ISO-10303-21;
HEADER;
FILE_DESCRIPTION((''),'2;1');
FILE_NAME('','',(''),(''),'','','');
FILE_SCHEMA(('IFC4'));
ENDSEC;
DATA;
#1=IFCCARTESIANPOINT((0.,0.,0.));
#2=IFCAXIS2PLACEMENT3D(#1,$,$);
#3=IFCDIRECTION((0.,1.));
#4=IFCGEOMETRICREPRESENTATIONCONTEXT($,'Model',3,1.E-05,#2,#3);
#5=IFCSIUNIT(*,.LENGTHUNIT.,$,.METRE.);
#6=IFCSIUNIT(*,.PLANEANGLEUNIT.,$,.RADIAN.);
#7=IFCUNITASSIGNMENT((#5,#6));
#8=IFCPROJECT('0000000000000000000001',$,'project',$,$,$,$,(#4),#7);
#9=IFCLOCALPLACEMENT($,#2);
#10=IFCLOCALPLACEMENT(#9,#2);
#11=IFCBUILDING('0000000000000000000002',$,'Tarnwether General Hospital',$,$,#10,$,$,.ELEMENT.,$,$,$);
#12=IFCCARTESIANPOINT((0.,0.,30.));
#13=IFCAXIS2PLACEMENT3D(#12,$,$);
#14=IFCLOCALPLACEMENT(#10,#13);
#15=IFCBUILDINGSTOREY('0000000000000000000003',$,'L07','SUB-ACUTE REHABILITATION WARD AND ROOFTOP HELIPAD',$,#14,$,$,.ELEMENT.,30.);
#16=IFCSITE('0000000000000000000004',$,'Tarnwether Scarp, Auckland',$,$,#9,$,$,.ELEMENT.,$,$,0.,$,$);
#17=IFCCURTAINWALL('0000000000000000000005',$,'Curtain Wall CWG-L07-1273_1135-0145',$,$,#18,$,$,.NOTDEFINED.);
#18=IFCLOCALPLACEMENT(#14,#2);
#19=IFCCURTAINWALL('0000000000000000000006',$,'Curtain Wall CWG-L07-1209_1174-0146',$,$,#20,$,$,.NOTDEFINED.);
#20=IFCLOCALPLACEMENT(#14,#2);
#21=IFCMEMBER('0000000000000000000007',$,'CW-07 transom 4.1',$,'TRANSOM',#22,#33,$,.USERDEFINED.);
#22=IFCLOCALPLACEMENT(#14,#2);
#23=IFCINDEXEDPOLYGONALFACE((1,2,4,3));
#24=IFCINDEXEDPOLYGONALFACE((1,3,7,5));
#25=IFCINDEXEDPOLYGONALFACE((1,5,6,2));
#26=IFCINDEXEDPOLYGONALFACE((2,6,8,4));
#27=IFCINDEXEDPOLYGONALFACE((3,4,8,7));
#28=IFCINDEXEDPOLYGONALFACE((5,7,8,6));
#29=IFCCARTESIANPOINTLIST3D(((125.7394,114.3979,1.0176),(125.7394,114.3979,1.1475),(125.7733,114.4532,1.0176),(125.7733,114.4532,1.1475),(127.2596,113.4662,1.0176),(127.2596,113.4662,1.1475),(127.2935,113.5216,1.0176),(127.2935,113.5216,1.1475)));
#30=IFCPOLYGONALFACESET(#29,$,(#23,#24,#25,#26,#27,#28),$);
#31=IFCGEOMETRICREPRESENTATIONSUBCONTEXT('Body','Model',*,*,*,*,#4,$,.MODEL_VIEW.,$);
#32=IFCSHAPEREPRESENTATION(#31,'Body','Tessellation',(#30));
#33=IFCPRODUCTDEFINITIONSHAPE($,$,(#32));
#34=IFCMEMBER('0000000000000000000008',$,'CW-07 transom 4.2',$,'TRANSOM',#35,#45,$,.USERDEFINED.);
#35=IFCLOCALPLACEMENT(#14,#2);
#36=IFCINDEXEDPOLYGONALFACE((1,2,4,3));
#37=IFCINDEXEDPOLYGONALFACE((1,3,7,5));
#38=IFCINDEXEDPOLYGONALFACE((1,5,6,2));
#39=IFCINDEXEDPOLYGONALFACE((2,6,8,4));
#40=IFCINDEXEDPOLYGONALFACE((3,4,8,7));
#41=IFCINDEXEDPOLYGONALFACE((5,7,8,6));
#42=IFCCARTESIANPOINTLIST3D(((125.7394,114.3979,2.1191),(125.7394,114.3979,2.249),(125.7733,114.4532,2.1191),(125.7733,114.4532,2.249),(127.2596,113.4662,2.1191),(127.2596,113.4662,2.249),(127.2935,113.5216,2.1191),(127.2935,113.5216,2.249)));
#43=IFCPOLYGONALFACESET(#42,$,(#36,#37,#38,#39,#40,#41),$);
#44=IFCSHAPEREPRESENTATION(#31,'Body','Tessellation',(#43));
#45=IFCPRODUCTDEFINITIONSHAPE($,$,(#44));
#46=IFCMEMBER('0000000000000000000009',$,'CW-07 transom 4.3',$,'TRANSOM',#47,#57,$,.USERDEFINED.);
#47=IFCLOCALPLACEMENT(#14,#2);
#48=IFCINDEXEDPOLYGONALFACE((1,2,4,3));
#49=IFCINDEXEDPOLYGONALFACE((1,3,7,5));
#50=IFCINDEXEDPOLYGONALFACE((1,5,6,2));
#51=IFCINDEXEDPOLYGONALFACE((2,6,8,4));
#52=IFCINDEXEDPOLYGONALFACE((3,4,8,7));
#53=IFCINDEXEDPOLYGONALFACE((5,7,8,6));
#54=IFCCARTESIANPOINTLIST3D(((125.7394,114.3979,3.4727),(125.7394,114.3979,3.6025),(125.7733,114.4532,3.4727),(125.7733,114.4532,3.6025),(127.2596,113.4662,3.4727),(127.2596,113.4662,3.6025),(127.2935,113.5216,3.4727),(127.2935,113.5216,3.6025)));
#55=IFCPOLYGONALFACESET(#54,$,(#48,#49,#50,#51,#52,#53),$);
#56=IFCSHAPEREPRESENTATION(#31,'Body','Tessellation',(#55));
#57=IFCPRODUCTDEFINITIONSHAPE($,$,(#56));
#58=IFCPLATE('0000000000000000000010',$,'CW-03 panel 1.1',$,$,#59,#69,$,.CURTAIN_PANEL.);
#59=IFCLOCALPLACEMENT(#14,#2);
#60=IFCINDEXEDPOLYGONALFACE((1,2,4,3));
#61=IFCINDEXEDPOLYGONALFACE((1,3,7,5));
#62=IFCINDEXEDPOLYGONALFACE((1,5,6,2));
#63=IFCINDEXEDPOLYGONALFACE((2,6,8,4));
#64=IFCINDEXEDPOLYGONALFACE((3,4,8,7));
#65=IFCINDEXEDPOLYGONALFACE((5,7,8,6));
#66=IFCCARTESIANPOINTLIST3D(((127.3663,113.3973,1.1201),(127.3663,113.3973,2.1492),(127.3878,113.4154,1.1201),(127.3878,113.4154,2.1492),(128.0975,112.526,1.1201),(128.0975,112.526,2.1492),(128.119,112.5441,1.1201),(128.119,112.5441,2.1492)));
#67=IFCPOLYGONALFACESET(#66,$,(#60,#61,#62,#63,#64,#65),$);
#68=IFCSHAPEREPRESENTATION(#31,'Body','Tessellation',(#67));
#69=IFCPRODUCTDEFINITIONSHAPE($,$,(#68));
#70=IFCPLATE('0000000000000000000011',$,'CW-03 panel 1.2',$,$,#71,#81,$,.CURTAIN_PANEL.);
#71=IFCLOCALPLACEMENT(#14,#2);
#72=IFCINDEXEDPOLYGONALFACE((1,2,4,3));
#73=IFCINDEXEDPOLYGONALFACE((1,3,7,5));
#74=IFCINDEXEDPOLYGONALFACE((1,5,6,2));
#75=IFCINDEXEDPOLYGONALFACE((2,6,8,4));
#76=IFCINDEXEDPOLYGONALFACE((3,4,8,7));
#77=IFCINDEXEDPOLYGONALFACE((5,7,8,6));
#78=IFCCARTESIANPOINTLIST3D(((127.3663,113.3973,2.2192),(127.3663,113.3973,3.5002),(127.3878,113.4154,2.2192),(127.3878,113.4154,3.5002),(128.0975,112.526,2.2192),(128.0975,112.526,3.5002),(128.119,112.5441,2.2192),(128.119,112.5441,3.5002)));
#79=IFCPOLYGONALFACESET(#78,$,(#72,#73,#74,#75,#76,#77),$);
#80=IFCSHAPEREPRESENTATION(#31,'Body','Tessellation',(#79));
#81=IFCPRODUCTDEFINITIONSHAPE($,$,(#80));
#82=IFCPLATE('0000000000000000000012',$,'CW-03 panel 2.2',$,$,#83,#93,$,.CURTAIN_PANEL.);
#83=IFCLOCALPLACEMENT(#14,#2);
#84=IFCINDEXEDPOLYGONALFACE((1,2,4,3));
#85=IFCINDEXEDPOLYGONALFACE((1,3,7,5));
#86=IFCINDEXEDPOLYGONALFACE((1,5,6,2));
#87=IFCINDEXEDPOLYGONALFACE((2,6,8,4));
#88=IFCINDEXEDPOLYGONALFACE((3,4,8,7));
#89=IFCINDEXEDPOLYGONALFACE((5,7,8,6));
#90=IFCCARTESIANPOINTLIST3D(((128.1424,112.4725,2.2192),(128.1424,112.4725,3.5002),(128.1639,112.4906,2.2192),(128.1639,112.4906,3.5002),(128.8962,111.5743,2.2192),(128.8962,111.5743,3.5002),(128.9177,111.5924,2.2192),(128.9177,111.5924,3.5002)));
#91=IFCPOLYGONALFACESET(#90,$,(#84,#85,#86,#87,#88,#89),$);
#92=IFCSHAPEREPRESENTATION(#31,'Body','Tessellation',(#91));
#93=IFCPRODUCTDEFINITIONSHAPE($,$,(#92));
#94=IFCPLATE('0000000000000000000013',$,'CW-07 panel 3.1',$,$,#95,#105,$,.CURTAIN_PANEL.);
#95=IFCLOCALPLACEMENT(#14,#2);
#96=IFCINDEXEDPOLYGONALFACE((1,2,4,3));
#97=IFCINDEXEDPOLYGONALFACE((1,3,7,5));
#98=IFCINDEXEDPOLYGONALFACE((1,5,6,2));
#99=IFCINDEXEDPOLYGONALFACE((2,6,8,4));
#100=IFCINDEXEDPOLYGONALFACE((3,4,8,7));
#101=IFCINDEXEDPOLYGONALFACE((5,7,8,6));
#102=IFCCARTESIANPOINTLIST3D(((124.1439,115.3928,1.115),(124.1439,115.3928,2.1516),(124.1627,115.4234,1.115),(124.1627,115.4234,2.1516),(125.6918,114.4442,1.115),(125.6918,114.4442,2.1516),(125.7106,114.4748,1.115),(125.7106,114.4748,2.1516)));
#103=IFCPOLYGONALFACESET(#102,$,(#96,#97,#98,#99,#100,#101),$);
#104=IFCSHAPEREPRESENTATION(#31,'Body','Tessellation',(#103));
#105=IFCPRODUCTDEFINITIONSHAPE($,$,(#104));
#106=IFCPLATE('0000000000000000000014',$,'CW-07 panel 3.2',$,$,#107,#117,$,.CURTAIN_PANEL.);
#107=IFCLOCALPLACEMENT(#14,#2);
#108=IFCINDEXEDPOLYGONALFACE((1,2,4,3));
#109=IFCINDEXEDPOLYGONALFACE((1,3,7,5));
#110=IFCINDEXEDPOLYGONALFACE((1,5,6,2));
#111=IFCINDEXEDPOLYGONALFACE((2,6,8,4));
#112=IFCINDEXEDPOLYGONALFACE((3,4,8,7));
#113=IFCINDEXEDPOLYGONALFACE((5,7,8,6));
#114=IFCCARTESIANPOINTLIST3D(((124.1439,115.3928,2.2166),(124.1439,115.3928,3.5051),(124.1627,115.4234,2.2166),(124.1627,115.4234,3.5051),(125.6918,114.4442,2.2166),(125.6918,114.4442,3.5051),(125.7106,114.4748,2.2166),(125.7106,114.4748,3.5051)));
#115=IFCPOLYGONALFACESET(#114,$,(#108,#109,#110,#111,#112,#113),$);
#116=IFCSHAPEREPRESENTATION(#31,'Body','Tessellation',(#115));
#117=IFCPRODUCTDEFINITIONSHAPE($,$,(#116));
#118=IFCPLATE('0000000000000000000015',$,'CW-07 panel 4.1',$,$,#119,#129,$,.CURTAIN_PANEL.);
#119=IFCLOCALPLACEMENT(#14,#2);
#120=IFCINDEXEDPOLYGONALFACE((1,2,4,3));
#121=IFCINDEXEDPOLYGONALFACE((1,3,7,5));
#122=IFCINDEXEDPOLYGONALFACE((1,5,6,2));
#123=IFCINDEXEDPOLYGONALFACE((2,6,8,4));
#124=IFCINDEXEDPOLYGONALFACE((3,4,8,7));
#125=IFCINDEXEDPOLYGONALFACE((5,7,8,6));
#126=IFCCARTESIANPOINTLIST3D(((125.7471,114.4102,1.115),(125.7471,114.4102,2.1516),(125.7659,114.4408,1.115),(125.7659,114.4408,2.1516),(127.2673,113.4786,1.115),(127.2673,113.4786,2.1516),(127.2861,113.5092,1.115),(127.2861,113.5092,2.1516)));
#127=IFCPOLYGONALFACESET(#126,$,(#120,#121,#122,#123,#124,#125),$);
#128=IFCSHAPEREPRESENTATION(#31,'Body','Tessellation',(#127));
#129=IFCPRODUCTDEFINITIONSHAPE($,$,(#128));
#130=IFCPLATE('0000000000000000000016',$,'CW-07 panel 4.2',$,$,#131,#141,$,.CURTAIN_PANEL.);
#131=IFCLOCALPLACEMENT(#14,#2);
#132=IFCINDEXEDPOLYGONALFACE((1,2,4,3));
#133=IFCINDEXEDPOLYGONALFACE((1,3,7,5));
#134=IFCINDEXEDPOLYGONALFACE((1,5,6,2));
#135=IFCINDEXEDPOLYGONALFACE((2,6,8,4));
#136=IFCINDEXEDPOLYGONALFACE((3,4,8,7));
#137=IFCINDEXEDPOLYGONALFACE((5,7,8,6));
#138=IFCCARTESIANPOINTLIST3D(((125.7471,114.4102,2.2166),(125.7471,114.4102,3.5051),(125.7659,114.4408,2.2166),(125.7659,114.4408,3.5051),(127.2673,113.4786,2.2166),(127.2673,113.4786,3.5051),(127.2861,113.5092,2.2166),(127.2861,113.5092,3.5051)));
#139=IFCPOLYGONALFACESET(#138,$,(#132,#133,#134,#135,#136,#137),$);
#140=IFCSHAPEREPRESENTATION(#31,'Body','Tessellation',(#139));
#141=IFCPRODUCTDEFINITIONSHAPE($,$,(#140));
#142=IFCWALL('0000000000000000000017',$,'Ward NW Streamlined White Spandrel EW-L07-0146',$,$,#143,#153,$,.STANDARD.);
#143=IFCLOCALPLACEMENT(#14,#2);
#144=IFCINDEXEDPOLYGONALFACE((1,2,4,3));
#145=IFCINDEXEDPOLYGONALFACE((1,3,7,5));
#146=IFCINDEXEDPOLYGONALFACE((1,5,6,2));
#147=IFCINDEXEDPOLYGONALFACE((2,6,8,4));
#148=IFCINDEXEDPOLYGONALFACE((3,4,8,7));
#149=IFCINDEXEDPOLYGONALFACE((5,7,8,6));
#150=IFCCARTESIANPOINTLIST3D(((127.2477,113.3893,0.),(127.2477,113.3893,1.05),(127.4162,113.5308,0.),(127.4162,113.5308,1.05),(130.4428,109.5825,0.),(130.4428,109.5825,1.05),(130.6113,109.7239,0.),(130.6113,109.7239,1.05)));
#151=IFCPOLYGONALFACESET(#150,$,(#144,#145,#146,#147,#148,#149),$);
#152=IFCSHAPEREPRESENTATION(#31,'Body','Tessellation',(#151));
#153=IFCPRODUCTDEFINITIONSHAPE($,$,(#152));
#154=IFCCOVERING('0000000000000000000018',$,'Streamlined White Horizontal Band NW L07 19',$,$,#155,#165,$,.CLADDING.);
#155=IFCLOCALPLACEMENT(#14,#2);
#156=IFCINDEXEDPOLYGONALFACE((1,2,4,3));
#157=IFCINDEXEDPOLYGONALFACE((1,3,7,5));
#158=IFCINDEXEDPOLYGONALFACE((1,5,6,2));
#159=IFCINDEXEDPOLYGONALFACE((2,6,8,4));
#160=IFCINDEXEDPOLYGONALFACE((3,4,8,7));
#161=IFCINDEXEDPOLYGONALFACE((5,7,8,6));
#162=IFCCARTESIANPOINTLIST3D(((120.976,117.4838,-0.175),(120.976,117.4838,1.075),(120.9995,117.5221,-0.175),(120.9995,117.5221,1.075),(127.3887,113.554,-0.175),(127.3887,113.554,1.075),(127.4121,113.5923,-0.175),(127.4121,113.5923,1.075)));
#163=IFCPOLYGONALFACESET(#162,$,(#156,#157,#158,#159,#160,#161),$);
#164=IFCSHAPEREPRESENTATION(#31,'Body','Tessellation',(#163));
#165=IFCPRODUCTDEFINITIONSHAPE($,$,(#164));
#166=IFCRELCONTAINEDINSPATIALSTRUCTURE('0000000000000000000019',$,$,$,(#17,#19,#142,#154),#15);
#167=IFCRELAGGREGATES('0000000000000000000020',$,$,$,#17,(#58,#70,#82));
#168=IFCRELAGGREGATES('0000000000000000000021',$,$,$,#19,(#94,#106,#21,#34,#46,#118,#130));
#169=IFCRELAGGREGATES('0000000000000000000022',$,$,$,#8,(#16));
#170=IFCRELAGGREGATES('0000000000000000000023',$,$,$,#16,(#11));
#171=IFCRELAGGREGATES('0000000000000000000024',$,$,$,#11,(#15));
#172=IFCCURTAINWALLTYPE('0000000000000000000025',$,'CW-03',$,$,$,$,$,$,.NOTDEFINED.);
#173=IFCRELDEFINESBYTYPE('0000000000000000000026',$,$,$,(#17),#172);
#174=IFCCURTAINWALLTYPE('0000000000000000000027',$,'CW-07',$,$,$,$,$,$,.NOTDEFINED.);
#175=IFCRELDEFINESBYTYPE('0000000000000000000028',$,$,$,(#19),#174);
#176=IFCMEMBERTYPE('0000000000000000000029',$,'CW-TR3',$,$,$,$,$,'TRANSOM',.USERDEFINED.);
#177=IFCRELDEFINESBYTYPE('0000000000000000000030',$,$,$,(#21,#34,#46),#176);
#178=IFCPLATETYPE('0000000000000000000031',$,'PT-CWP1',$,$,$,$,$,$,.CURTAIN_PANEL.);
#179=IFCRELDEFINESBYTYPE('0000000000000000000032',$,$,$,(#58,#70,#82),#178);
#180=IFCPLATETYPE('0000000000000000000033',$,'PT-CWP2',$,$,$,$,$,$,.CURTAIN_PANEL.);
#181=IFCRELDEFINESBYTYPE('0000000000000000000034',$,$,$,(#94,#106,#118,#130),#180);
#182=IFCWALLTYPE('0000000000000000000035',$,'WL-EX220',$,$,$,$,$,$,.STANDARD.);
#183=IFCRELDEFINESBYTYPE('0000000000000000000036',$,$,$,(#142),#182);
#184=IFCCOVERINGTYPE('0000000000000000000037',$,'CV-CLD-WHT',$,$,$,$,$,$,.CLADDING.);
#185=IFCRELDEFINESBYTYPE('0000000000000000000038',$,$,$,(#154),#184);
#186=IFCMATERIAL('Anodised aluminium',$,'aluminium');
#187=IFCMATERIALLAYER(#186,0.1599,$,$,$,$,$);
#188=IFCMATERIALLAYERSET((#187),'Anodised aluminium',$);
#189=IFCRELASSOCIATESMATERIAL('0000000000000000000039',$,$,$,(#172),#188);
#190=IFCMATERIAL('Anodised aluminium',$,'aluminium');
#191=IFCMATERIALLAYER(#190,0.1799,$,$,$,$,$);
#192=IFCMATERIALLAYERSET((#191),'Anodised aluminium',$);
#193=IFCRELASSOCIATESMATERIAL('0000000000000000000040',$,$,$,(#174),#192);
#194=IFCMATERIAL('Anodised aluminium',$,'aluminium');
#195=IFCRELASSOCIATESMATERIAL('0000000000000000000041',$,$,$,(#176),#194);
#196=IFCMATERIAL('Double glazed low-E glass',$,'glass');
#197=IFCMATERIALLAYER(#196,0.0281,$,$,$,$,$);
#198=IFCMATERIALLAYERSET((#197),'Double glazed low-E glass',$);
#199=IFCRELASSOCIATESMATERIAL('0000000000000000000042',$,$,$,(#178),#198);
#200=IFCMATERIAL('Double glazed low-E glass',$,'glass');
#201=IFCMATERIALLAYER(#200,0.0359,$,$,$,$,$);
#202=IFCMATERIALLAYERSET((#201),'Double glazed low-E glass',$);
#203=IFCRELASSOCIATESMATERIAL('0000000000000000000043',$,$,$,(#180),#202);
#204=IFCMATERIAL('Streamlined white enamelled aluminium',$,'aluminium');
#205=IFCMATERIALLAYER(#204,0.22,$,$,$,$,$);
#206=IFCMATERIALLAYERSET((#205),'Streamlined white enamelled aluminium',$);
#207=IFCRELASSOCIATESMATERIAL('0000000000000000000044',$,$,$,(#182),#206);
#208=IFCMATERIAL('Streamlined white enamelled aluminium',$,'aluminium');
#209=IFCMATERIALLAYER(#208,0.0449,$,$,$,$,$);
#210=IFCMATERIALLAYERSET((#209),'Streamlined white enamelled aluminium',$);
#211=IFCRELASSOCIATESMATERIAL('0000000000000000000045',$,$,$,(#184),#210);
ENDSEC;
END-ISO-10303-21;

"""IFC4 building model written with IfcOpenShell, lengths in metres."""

from ifc_helpers import new_model, si_unit, direction, frame, frame_2d, origin, origin_2d, place, context, subcontext, project, spatial, rectangle, extrude, material, layer, layer_set, material_profile, profile_set, type_object, element, aggregate, save


model = new_model("IFC4")

# Units and contexts
model_context = context("Model", 3, precision=1e-05, world=origin(), true_north=direction((0.0, 1.0)))
body_context = subcontext(model_context, "Body", "Model", "MODEL_VIEW")
ifc_project = project(units=[si_unit("LENGTHUNIT", "METRE"), si_unit("PLANEANGLEUNIT", "RADIAN")], contexts=[model_context])

# Site, building, storey
site_placement = place(None, origin())
site = spatial("IfcSite", under=ifc_project, at=site_placement, Name="Tarnwether Scarp, Auckland", CompositionType="ELEMENT", RefElevation=0.0)
building_placement = place(site_placement, origin())
building = spatial("IfcBuilding", under=site, at=building_placement, Name="Tarnwether General Hospital", CompositionType="ELEMENT")
storey_placement = place(building_placement, frame((0.0, 0.0, 30.0)))
storey = spatial("IfcBuildingStorey", under=building, at=storey_placement, Name="L07", Description="SUB-ACUTE REHABILITATION WARD AND ROOFTOP HELIPAD", CompositionType="ELEMENT", Elevation=30.0)

# Curtain walls
ifc_material_1 = material(Name="Anodised aluminium", Category="aluminium")
ifc_layer_1 = layer(ifc_material_1, 0.1599)
ifc_layer_set_1 = layer_set([ifc_layer_1], Name="Anodised aluminium")
curtain_wall_type_1 = type_object("IfcCurtainWallType", Name="CW-03", PredefinedType="NOTDEFINED", material=ifc_layer_set_1)
curtain_wall_1_placement = place(storey_placement, origin())
curtain_wall_1 = element("IfcCurtainWall", 1, at=curtain_wall_1_placement, inside=storey, type_object=curtain_wall_type_1, Name="Curtain Wall CWG-L07-1273_1135-0145", PredefinedType="NOTDEFINED")
ifc_material_2 = material(Name="Anodised aluminium", Category="aluminium")
ifc_layer_2 = layer(ifc_material_2, 0.1799)
ifc_layer_set_2 = layer_set([ifc_layer_2], Name="Anodised aluminium")
curtain_wall_type_2 = type_object("IfcCurtainWallType", Name="CW-07", PredefinedType="NOTDEFINED", material=ifc_layer_set_2)
curtain_wall_2_placement = place(storey_placement, origin())
curtain_wall_2 = element("IfcCurtainWall", 2, at=curtain_wall_2_placement, inside=storey, type_object=curtain_wall_type_2, Name="Curtain Wall CWG-L07-1209_1174-0146", PredefinedType="NOTDEFINED")

# Members
ifc_material_3 = material(Name="Anodised aluminium", Category="aluminium")
ifc_material_profile_1 = material_profile(ifc_material_3, rectangle(XDim=0.0649, YDim=0.1299, at=origin_2d()), Name="ALU-TRN-65x130")
ifc_profile_set_1 = profile_set([ifc_material_profile_1], Name="Anodised aluminium")
member_type_1 = type_object("IfcMemberType", Name="CW-TR3", ElementType="TRANSOM", PredefinedType="USERDEFINED", material=ifc_profile_set_1)
member_1_placement = place(storey_placement, frame((125.7563, 114.4255, 1.0825), z_axis=(0.852635, -0.522507, 0.0), x_axis=(0.522507, 0.852635, 0.0)))
member_1 = element("IfcMember", 3, at=member_1_placement, type_object=member_type_1, Name="CW-07 transom 4.1", ObjectType="TRANSOM", PredefinedType="USERDEFINED", context=body_context, shape_type="SweptSolid", body=[
    extrude(rectangle(XDim=0.0649, YDim=0.1299, at=origin_2d()), origin(), (0.0, 0.0, 1.0), 1.783),
])
member_2_placement = place(storey_placement, frame((125.7563, 114.4255, 2.1841), z_axis=(0.852635, -0.522507, 0.0), x_axis=(0.522507, 0.852635, 0.0)))
member_2 = element("IfcMember", 4, at=member_2_placement, type_object=member_type_1, Name="CW-07 transom 4.2", ObjectType="TRANSOM", PredefinedType="USERDEFINED", context=body_context, shape_type="SweptSolid", body=[
    extrude(rectangle(XDim=0.0649, YDim=0.1299, at=origin_2d()), origin(), (0.0, 0.0, 1.0), 1.783),
])
member_3_placement = place(storey_placement, frame((125.7563, 114.4255, 3.5376), z_axis=(0.852635, -0.522507, 0.0), x_axis=(0.522507, 0.852635, 0.0)))
member_3 = element("IfcMember", 5, at=member_3_placement, type_object=member_type_1, Name="CW-07 transom 4.3", ObjectType="TRANSOM", PredefinedType="USERDEFINED", context=body_context, shape_type="SweptSolid", body=[
    extrude(rectangle(XDim=0.0649, YDim=0.1299, at=origin_2d()), origin(), (0.0, 0.0, 1.0), 1.783),
])

# Plates
ifc_material_4 = material(Name="Double glazed low-E glass", Category="glass")
ifc_layer_3 = layer(ifc_material_4, 0.0281)
ifc_layer_set_3 = layer_set([ifc_layer_3], Name="Double glazed low-E glass")
plate_type_1 = type_object("IfcPlateType", Name="PT-CWP1", PredefinedType="CURTAIN_PANEL", material=ifc_layer_set_3)
plate_1_placement = place(storey_placement, frame((127.7427, 112.9707, 1.1201), z_axis=(0.0, 0.0, 1.0), x_axis=(0.642852, -0.76599, 0.0)))
plate_1 = element("IfcPlate", 6, at=plate_1_placement, type_object=plate_type_1, Name="CW-03 panel 1.1", PredefinedType="CURTAIN_PANEL", context=body_context, shape_type="SweptSolid", body=[
    extrude(rectangle(XDim=1.1375, YDim=0.0281, at=origin_2d()), origin(), (0.0, 0.0, 1.0), 1.0291),
])
plate_2_placement = place(storey_placement, frame((127.7427, 112.9707, 2.2192), z_axis=(0.0, 0.0, 1.0), x_axis=(0.642852, -0.76599, 0.0)))
plate_2 = element("IfcPlate", 7, at=plate_2_placement, type_object=plate_type_1, Name="CW-03 panel 1.2", PredefinedType="CURTAIN_PANEL", context=body_context, shape_type="SweptSolid", body=[
    extrude(rectangle(XDim=1.1375, YDim=0.0281, at=origin_2d()), origin(), (0.0, 0.0, 1.0), 1.281),
])
plate_3_placement = place(storey_placement, frame((128.53, 112.0325, 2.2192), z_axis=(0.0, 0.0, 1.0), x_axis=(0.642852, -0.76599, 0.0)))
plate_3 = element("IfcPlate", 8, at=plate_3_placement, type_object=plate_type_1, Name="CW-03 panel 2.2", PredefinedType="CURTAIN_PANEL", context=body_context, shape_type="SweptSolid", body=[
    extrude(rectangle(XDim=1.1726, YDim=0.0281, at=origin_2d()), origin(), (0.0, 0.0, 1.0), 1.281),
])
aggregate(curtain_wall_1, [plate_1, plate_2, plate_3])
ifc_material_5 = material(Name="Double glazed low-E glass", Category="glass")
ifc_layer_4 = layer(ifc_material_5, 0.0359)
ifc_layer_set_4 = layer_set([ifc_layer_4], Name="Double glazed low-E glass")
plate_type_2 = type_object("IfcPlateType", Name="PT-CWP2", PredefinedType="CURTAIN_PANEL", material=ifc_layer_set_4)
plate_4_placement = place(storey_placement, frame((124.9272, 114.9338, 1.115), z_axis=(0.0, 0.0, 1.0), x_axis=(0.852634, -0.522509, 0.0)))
plate_4 = element("IfcPlate", 9, at=plate_4_placement, type_object=plate_type_2, Name="CW-07 panel 3.1", PredefinedType="CURTAIN_PANEL", context=body_context, shape_type="SweptSolid", body=[
    extrude(rectangle(XDim=1.8154, YDim=0.0359, at=origin_2d()), origin(), (0.0, 0.0, 1.0), 1.0366),
])
plate_5_placement = place(storey_placement, frame((124.9272, 114.9338, 2.2166), z_axis=(0.0, 0.0, 1.0), x_axis=(0.852634, -0.522509, 0.0)))
plate_5 = element("IfcPlate", 10, at=plate_5_placement, type_object=plate_type_2, Name="CW-07 panel 3.2", PredefinedType="CURTAIN_PANEL", context=body_context, shape_type="SweptSolid", body=[
    extrude(rectangle(XDim=1.8154, YDim=0.0359, at=origin_2d()), origin(), (0.0, 0.0, 1.0), 1.2886),
])
plate_6_placement = place(storey_placement, frame((126.5166, 113.9597, 1.115), z_axis=(0.0, 0.0, 1.0), x_axis=(0.852634, -0.522509, 0.0)))
plate_6 = element("IfcPlate", 11, at=plate_6_placement, type_object=plate_type_2, Name="CW-07 panel 4.1", PredefinedType="CURTAIN_PANEL", context=body_context, shape_type="SweptSolid", body=[
    extrude(rectangle(XDim=1.783, YDim=0.0359, at=origin_2d()), origin(), (0.0, 0.0, 1.0), 1.0366),
])
plate_7_placement = place(storey_placement, frame((126.5166, 113.9597, 2.2166), z_axis=(0.0, 0.0, 1.0), x_axis=(0.852634, -0.522509, 0.0)))
plate_7 = element("IfcPlate", 12, at=plate_7_placement, type_object=plate_type_2, Name="CW-07 panel 4.2", PredefinedType="CURTAIN_PANEL", context=body_context, shape_type="SweptSolid", body=[
    extrude(rectangle(XDim=1.783, YDim=0.0359, at=origin_2d()), origin(), (0.0, 0.0, 1.0), 1.2886),
])
aggregate(curtain_wall_2, [plate_4, plate_5, member_1, member_2, member_3, plate_6, plate_7])

# Wall
ifc_material_6 = material(Name="Streamlined white enamelled aluminium", Category="aluminium")
ifc_layer_5 = layer(ifc_material_6, 0.22)
ifc_layer_set_5 = layer_set([ifc_layer_5], Name="Streamlined white enamelled aluminium")
wall_type = type_object("IfcWallType", Name="WL-EX220", PredefinedType="STANDARD", material=ifc_layer_set_5)
wall_placement = place(storey_placement, frame((127.332, 113.46, 0.0), z_axis=(0.0, 0.0, 1.0), x_axis=(0.642872, -0.765974, 0.0)))
element("IfcWall", 13, at=wall_placement, inside=storey, type_object=wall_type, Name="Ward NW Streamlined White Spandrel EW-L07-0146", PredefinedType="STANDARD", context=body_context, shape_type="SweptSolid", body=[
    extrude(rectangle(XDim=4.97, YDim=0.22, at=frame_2d((2.4849, 0.0))), origin(), (0.0, 0.0, 1.0), 1.05),
])

# Covering
ifc_material_7 = material(Name="Streamlined white enamelled aluminium", Category="aluminium")
ifc_layer_6 = layer(ifc_material_7, 0.0449)
ifc_layer_set_6 = layer_set([ifc_layer_6], Name="Streamlined white enamelled aluminium")
covering_type = type_object("IfcCoveringType", Name="CV-CLD-WHT", PredefinedType="CLADDING", material=ifc_layer_set_6)
covering_placement = place(storey_placement, frame((124.1941, 115.5381, -0.175), z_axis=(0.0, 0.0, 1.0), x_axis=(0.852631, -0.522513, 0.0)))
element("IfcCovering", 14, at=covering_placement, inside=storey, type_object=covering_type, Name="Streamlined White Horizontal Band NW L07 19", PredefinedType="CLADDING", context=body_context, shape_type="SweptSolid", body=[
    extrude(rectangle(XDim=7.521, YDim=0.0449, at=origin_2d()), origin(), (0.0, 0.0, 1.0), 1.25),
])

save(model, "model.ifc")
